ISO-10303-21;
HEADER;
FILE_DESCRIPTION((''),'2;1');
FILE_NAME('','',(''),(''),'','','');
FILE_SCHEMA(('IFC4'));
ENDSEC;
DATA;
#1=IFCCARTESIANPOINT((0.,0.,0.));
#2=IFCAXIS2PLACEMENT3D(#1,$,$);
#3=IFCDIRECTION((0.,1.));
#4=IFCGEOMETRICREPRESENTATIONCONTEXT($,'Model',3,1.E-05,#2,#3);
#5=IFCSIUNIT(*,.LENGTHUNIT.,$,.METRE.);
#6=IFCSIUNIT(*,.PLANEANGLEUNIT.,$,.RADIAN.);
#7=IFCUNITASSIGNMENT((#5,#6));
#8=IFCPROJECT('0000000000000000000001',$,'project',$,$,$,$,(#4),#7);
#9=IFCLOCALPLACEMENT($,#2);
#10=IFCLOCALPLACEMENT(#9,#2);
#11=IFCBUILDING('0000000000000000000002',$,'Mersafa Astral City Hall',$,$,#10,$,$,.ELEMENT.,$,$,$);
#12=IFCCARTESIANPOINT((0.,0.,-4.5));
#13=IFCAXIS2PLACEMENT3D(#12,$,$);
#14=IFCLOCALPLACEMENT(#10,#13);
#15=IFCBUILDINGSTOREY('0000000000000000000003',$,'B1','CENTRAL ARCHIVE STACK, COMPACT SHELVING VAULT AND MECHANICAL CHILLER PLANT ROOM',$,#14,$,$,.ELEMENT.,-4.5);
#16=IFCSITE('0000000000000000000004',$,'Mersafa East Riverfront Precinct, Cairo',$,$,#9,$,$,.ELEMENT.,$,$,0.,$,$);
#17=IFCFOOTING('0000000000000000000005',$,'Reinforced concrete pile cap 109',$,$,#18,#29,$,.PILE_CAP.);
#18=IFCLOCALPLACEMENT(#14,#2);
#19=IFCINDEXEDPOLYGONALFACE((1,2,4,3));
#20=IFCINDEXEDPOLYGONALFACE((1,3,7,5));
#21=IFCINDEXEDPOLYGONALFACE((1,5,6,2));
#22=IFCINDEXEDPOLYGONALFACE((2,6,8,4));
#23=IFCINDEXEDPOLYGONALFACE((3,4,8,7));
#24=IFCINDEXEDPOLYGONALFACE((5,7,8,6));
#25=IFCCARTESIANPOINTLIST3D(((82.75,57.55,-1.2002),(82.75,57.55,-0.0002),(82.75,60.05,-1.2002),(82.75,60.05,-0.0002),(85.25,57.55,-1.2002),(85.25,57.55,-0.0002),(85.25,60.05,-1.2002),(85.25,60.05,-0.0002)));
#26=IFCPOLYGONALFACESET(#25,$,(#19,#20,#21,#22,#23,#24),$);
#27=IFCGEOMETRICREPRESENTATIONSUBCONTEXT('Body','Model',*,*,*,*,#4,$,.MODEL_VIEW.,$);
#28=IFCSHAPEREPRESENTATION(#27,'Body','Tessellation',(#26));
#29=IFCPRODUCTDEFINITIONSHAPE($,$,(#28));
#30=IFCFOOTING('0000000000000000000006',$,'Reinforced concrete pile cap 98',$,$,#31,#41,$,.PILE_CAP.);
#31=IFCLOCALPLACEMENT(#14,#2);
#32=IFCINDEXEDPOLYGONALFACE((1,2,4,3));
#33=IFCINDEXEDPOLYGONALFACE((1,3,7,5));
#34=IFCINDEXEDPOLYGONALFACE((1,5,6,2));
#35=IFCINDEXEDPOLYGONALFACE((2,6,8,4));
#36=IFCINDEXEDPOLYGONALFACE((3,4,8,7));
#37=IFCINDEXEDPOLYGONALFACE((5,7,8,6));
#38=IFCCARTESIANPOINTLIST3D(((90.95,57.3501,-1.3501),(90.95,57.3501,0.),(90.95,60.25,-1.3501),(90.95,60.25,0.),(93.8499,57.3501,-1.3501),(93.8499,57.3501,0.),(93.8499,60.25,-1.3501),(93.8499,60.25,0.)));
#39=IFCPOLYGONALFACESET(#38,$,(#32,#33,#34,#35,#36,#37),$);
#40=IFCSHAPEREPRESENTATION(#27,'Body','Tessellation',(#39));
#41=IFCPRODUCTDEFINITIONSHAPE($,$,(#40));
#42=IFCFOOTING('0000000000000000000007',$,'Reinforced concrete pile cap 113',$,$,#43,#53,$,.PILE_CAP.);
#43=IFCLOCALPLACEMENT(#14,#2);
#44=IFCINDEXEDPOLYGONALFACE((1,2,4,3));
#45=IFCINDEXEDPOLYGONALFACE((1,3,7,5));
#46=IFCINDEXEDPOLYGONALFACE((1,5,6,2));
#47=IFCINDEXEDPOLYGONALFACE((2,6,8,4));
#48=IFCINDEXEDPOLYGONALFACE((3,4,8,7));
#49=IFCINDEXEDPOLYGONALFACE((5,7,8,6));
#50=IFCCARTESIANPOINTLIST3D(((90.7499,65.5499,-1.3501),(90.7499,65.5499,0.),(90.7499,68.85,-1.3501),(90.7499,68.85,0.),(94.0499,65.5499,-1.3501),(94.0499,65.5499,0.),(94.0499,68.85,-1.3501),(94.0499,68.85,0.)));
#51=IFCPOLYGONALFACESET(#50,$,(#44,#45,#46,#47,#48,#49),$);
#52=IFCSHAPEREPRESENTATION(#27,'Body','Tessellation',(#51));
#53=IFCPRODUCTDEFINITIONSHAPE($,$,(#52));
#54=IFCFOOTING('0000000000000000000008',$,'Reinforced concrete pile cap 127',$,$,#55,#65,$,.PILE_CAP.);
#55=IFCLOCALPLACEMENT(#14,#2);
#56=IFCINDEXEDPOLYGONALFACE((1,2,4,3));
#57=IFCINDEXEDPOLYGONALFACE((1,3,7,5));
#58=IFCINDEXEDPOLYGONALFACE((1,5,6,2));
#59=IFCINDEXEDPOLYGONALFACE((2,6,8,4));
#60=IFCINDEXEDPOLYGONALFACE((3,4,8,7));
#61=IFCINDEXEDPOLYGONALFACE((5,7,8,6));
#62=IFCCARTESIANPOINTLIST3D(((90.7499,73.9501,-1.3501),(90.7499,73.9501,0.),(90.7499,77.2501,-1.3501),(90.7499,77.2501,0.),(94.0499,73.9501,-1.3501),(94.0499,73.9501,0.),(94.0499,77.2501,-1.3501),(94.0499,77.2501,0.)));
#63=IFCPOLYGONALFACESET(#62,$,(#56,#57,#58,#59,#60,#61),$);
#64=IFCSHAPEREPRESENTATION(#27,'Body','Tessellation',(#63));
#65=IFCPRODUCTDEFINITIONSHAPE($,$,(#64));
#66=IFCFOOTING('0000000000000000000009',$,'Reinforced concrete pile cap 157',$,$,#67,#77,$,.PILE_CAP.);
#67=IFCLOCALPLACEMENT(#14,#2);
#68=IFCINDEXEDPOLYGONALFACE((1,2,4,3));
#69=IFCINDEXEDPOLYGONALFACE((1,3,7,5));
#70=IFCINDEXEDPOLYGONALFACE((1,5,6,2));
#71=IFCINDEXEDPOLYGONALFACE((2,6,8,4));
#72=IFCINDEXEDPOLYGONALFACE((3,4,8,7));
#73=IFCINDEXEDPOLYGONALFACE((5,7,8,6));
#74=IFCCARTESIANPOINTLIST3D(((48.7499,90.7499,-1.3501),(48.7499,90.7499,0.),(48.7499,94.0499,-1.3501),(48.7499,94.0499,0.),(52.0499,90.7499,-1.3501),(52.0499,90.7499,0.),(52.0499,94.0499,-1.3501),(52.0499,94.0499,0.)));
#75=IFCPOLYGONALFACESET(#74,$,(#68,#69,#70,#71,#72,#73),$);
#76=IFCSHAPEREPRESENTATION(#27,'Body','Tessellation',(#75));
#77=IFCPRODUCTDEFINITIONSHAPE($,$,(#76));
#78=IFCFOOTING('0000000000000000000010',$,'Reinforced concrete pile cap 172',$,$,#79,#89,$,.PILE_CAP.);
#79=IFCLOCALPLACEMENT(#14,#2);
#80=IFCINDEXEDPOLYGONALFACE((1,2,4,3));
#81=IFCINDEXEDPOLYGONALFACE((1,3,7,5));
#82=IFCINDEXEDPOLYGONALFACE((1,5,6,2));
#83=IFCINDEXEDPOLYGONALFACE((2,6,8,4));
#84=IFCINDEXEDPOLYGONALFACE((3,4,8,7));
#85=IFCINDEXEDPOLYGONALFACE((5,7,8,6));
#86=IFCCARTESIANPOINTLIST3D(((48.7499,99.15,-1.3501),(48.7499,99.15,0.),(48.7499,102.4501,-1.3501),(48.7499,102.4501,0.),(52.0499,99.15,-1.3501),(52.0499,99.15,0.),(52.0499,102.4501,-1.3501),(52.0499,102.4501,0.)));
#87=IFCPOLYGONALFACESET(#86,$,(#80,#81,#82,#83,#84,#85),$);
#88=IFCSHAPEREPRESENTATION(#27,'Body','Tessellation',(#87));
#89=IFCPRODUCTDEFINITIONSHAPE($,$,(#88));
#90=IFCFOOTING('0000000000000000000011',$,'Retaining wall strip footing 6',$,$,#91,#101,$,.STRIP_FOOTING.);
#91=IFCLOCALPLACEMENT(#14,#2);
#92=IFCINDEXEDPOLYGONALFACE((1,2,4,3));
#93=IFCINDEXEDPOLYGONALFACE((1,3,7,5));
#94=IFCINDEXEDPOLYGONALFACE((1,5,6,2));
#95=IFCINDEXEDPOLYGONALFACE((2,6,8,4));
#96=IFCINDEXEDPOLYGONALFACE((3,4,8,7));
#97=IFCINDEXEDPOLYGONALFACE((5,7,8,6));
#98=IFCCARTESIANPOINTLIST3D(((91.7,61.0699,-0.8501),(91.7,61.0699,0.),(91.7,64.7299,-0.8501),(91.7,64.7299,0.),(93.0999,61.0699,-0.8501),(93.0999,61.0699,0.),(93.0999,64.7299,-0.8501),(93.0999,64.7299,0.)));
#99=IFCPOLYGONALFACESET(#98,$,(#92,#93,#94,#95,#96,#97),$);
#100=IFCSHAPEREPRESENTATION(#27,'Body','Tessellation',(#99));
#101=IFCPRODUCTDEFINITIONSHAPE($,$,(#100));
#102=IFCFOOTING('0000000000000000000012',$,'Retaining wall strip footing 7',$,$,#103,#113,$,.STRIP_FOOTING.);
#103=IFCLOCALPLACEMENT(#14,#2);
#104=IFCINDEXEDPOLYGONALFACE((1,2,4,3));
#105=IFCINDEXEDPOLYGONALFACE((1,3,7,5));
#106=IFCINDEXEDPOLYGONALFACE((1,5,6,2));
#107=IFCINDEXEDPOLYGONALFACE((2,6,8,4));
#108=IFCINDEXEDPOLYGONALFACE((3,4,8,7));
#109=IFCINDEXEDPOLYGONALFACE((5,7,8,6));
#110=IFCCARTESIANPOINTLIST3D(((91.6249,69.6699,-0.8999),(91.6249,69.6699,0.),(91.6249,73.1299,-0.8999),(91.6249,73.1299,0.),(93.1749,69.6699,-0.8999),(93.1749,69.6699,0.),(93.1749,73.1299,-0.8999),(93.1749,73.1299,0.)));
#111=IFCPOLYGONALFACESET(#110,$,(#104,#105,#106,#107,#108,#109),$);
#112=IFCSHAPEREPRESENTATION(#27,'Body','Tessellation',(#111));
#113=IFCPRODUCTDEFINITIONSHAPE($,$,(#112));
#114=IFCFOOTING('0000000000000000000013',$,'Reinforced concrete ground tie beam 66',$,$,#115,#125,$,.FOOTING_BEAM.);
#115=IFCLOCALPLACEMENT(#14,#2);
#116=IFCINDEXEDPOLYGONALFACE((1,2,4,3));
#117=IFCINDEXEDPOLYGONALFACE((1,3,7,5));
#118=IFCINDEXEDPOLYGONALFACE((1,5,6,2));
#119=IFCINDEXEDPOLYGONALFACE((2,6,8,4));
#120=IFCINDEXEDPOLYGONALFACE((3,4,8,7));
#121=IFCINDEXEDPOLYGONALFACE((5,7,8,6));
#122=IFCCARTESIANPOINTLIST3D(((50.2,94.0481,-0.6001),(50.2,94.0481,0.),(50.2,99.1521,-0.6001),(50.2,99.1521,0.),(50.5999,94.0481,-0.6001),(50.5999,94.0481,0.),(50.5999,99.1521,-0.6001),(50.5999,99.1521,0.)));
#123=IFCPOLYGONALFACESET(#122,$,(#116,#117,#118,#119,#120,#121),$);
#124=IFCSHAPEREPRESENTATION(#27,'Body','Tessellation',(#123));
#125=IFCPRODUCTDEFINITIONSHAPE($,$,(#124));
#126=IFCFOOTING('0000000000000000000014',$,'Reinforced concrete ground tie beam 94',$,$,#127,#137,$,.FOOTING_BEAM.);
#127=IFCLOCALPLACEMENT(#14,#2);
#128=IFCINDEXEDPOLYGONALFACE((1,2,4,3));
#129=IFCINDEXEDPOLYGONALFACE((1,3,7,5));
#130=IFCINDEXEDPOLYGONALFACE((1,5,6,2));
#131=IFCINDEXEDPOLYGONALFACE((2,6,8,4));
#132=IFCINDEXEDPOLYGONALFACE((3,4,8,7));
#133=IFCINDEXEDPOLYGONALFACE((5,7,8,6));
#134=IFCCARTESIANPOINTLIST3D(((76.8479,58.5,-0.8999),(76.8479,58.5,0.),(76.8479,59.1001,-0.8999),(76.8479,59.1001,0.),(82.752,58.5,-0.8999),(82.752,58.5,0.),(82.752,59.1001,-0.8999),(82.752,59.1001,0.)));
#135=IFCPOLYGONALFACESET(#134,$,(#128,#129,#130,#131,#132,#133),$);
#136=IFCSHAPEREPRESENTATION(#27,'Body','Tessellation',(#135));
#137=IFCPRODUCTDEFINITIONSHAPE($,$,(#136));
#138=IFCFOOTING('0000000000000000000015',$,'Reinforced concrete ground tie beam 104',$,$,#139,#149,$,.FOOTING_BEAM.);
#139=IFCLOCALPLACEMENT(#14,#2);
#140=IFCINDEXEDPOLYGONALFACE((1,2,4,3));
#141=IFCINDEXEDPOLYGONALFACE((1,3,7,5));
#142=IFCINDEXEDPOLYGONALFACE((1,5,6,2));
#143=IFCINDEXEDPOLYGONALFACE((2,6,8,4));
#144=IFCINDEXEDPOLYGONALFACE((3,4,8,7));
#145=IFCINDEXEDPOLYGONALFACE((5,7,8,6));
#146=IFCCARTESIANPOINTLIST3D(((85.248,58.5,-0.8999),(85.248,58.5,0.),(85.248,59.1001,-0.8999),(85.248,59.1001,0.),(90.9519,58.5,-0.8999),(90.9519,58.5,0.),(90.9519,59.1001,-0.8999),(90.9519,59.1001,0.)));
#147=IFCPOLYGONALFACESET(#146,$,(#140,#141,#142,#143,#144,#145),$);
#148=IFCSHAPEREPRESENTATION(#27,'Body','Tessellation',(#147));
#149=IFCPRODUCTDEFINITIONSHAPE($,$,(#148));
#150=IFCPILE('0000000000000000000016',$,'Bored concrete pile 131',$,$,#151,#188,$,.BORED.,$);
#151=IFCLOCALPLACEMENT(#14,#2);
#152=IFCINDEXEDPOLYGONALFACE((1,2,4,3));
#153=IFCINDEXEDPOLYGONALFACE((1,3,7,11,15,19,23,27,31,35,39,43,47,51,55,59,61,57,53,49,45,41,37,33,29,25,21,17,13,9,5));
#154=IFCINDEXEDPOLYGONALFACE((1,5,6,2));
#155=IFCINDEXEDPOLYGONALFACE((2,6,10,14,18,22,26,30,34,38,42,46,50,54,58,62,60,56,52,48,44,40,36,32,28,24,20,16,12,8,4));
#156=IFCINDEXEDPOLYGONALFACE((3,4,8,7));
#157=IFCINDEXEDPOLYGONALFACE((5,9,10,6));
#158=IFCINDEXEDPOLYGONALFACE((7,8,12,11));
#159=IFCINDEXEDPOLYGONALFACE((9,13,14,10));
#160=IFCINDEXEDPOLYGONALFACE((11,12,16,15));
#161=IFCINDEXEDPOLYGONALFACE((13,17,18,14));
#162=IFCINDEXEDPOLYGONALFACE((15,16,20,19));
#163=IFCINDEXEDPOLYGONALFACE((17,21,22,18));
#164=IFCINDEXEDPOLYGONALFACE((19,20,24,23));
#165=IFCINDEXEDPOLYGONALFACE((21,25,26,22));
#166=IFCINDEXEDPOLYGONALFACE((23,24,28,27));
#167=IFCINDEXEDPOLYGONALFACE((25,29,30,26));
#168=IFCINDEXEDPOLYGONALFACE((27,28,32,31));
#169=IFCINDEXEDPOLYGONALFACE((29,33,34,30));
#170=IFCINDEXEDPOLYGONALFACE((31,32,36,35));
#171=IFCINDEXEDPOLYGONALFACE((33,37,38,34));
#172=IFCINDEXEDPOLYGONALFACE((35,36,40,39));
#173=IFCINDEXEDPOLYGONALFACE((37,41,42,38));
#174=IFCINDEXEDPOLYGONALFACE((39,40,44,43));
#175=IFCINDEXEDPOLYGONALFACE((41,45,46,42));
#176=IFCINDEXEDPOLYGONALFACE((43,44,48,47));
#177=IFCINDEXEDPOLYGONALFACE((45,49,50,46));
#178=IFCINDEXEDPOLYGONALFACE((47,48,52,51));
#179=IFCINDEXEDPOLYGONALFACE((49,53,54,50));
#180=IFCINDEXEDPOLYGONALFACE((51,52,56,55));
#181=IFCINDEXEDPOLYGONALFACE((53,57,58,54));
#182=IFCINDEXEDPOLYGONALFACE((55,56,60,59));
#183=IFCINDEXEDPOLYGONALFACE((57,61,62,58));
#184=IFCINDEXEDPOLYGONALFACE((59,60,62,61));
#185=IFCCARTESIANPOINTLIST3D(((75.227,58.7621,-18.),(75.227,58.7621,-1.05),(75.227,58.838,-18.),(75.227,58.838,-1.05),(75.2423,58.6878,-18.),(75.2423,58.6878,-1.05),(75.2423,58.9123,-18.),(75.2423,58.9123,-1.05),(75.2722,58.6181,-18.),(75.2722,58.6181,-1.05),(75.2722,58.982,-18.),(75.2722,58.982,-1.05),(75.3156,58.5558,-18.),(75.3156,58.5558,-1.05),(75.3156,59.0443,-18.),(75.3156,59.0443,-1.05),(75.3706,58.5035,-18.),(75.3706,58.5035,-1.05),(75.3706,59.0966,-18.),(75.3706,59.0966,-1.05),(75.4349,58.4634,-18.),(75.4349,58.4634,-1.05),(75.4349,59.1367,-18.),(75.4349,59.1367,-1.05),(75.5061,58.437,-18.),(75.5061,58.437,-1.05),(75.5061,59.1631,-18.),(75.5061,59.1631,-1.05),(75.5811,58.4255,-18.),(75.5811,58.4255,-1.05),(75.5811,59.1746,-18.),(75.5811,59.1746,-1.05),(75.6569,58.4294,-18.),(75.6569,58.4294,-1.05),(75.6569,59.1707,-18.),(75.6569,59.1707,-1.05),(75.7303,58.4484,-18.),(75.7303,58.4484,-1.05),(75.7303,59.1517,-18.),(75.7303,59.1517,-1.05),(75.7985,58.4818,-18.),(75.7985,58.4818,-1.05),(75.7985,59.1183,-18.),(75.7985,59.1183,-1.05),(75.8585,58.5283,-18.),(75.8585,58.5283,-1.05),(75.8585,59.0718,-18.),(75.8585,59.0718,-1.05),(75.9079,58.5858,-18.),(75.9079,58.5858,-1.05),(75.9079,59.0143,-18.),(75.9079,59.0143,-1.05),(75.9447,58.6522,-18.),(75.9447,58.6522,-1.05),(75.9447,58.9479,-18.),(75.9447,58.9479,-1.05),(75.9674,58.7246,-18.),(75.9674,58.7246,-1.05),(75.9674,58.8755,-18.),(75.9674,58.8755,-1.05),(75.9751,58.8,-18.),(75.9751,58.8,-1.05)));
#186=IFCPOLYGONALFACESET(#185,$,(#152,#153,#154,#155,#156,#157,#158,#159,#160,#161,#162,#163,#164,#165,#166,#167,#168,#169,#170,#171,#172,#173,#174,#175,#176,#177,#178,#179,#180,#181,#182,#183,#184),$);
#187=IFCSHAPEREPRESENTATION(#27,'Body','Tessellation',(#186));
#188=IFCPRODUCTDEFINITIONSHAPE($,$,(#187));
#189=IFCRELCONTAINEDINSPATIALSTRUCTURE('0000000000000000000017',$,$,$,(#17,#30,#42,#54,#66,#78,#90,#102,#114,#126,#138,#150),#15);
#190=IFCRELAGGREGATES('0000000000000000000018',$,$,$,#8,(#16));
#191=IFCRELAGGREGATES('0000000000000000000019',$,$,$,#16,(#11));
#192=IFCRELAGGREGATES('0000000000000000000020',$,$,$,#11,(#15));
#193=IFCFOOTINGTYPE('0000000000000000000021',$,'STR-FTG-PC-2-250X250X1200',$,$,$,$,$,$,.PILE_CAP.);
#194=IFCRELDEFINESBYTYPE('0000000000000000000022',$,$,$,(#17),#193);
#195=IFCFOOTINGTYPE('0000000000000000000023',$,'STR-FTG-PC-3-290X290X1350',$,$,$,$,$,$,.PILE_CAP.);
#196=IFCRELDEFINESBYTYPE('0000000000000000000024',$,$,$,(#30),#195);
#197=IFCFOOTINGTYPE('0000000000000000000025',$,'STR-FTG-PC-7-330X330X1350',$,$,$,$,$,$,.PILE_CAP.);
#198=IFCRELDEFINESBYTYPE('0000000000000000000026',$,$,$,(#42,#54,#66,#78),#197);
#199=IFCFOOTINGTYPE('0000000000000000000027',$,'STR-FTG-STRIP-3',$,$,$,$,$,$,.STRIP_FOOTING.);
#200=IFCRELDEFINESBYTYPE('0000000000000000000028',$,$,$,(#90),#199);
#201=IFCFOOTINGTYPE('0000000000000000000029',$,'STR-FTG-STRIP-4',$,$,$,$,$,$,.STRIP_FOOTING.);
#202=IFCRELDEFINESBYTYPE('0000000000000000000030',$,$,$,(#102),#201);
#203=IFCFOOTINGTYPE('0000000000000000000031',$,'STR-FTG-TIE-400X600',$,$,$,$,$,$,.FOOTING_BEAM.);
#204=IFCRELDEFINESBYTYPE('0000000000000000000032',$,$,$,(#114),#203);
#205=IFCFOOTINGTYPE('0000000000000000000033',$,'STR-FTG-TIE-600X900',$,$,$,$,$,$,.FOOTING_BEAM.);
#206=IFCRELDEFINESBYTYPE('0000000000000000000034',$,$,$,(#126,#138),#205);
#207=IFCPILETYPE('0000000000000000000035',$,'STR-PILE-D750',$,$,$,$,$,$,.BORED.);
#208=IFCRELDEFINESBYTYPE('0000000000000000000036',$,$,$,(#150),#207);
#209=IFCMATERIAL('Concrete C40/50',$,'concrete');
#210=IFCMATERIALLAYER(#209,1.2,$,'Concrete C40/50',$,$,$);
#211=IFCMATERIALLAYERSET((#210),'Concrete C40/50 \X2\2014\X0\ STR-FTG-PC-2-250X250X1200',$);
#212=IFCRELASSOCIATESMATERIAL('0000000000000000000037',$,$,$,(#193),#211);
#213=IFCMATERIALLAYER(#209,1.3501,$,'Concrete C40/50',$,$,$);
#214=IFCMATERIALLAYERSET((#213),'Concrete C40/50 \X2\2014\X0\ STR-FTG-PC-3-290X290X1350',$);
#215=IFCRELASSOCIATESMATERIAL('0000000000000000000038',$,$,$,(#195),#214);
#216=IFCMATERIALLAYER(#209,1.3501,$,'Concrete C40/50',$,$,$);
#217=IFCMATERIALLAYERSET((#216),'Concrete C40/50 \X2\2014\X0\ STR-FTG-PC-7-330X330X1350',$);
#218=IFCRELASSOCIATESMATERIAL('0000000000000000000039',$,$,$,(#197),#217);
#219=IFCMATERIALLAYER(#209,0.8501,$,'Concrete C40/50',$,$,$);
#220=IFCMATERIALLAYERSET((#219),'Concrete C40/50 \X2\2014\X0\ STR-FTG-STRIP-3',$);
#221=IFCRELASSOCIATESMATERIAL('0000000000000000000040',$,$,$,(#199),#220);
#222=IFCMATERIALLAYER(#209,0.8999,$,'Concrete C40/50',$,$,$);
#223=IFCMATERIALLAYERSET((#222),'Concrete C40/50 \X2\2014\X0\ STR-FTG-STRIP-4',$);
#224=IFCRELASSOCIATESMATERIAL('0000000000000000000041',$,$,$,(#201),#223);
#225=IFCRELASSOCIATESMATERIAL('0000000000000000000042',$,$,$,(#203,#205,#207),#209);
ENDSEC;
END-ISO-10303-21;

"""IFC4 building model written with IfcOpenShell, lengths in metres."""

from ifc_helpers import new_model, si_unit, direction, frame, origin, origin_2d, place, context, subcontext, project, spatial, rectangle, circle, extrude, material, layer, layer_set, material_profile, profile_set, type_object, element, save


model = new_model("IFC4")

# Units and contexts
model_context = context("Model", 3, precision=1e-05, world=origin(), true_north=direction((0.0, 1.0)))
body_context = subcontext(model_context, "Body", "Model", "MODEL_VIEW")
ifc_project = project(units=[si_unit("LENGTHUNIT", "METRE"), si_unit("PLANEANGLEUNIT", "RADIAN")], contexts=[model_context])

# Site, building, storey
site_placement = place(None, origin())
site = spatial("IfcSite", under=ifc_project, at=site_placement, Name="Mersafa East Riverfront Precinct, Cairo", CompositionType="ELEMENT", RefElevation=0.0)
building_placement = place(site_placement, origin())
building = spatial("IfcBuilding", under=site, at=building_placement, Name="Mersafa Astral City Hall", CompositionType="ELEMENT")
storey_placement = place(building_placement, frame((0.0, 0.0, -4.5)))
storey = spatial("IfcBuildingStorey", under=building, at=storey_placement, Name="B1", Description="CENTRAL ARCHIVE STACK, COMPACT SHELVING VAULT AND MECHANICAL CHILLER PLANT ROOM", CompositionType="ELEMENT", Elevation=-4.5)

# Footings
ifc_material_1 = material(Name="Concrete C40/50", Category="concrete")
ifc_layer_1 = layer(ifc_material_1, 1.2, Name="Concrete C40/50")
ifc_layer_set_1 = layer_set([ifc_layer_1], Name="Concrete C40/50 — STR-FTG-PC-2-250X250X1200")
footing_type_1 = type_object("IfcFootingType", Name="STR-FTG-PC-2-250X250X1200", PredefinedType="PILE_CAP", material=ifc_layer_set_1)
footing_1_placement = place(storey_placement, frame((84.0, 58.8, -1.2002), z_axis=(0.0, 0.0, 1.0), x_axis=(1.0, 0.0, 0.0)))
element("IfcFooting", 1, at=footing_1_placement, inside=storey, type_object=footing_type_1, Name="Reinforced concrete pile cap 109", PredefinedType="PILE_CAP", context=body_context, shape_type="SweptSolid", body=[
    extrude(rectangle(XDim=2.5, YDim=2.5, at=origin_2d()), origin(), (0.0, 0.0, 1.0), 1.2),
])
ifc_layer_2 = layer(ifc_material_1, 1.3501, Name="Concrete C40/50")
ifc_layer_set_2 = layer_set([ifc_layer_2], Name="Concrete C40/50 — STR-FTG-PC-3-290X290X1350")
footing_type_2 = type_object("IfcFootingType", Name="STR-FTG-PC-3-290X290X1350", PredefinedType="PILE_CAP", material=ifc_layer_set_2)
footing_2_placement = place(storey_placement, frame((92.3999, 58.8, -1.3501), z_axis=(0.0, 0.0, 1.0), x_axis=(1.0, 0.0, 0.0)))
element("IfcFooting", 2, at=footing_2_placement, inside=storey, type_object=footing_type_2, Name="Reinforced concrete pile cap 98", PredefinedType="PILE_CAP", context=body_context, shape_type="SweptSolid", body=[
    extrude(rectangle(XDim=2.8999, YDim=2.8999, at=origin_2d()), origin(), (0.0, 0.0, 1.0), 1.3501),
])
ifc_layer_3 = layer(ifc_material_1, 1.3501, Name="Concrete C40/50")
ifc_layer_set_3 = layer_set([ifc_layer_3], Name="Concrete C40/50 — STR-FTG-PC-7-330X330X1350")
footing_type_3 = type_object("IfcFootingType", Name="STR-FTG-PC-7-330X330X1350", PredefinedType="PILE_CAP", material=ifc_layer_set_3)
for number, where, z_axis, x_axis, name in (
    (3, (92.3999, 67.2, -1.3501), (0.0, 0.0, 1.0), (1.0, 0.0, 0.0), "Reinforced concrete pile cap 113"),
    (4, (92.3999, 75.6001, -1.3501), (0.0, 0.0, 1.0), (1.0, 0.0, 0.0), "Reinforced concrete pile cap 127"),
    (5, (50.3999, 92.3999, -1.3501), (0.0, 0.0, 1.0), (1.0, 0.0, 0.0), "Reinforced concrete pile cap 157"),
    (6, (50.3999, 100.8, -1.3501), (0.0, 0.0, 1.0), (1.0, 0.0, 0.0), "Reinforced concrete pile cap 172"),
):
    element("IfcFooting", number, at=place(storey_placement, frame(where, z_axis=z_axis, x_axis=x_axis)), inside=storey, type_object=footing_type_3, Name=name, PredefinedType="PILE_CAP", context=body_context, shape_type="SweptSolid", body=[
        extrude(rectangle(XDim=3.3, YDim=3.3, at=origin_2d()), origin(), (0.0, 0.0, 1.0), 1.3501),
    ])
ifc_layer_4 = layer(ifc_material_1, 0.8501, Name="Concrete C40/50")
ifc_layer_set_4 = layer_set([ifc_layer_4], Name="Concrete C40/50 — STR-FTG-STRIP-3")
footing_type_4 = type_object("IfcFootingType", Name="STR-FTG-STRIP-3", PredefinedType="STRIP_FOOTING", material=ifc_layer_set_4)
footing_3_placement = place(storey_placement, frame((92.3999, 62.8999, -0.8501), z_axis=(0.0, 0.0, 1.0), x_axis=(0.0, 1.0, 0.0)))
element("IfcFooting", 7, at=footing_3_placement, inside=storey, type_object=footing_type_4, Name="Retaining wall strip footing 6", PredefinedType="STRIP_FOOTING", context=body_context, shape_type="SweptSolid", body=[
    extrude(rectangle(XDim=3.6599, YDim=1.3999, at=origin_2d()), origin(), (0.0, 0.0, 1.0), 0.8501),
])
ifc_layer_5 = layer(ifc_material_1, 0.8999, Name="Concrete C40/50")
ifc_layer_set_5 = layer_set([ifc_layer_5], Name="Concrete C40/50 — STR-FTG-STRIP-4")
footing_type_5 = type_object("IfcFootingType", Name="STR-FTG-STRIP-4", PredefinedType="STRIP_FOOTING", material=ifc_layer_set_5)
footing_4_placement = place(storey_placement, frame((92.3999, 71.3999, -0.8999), z_axis=(0.0, 0.0, 1.0), x_axis=(0.0, 1.0, 0.0)))
element("IfcFooting", 8, at=footing_4_placement, inside=storey, type_object=footing_type_5, Name="Retaining wall strip footing 7", PredefinedType="STRIP_FOOTING", context=body_context, shape_type="SweptSolid", body=[
    extrude(rectangle(XDim=3.46, YDim=1.55, at=origin_2d()), origin(), (0.0, 0.0, 1.0), 0.8999),
])
ifc_material_profile_1 = material_profile(ifc_material_1, rectangle(XDim=0.3999, YDim=0.6001, at=origin_2d()), Name="RC 400x600")
ifc_profile_set_1 = profile_set([ifc_material_profile_1], Name="Concrete C40/50")
footing_type_6 = type_object("IfcFootingType", Name="STR-FTG-TIE-400X600", PredefinedType="FOOTING_BEAM", material=ifc_profile_set_1)
footing_5_placement = place(storey_placement, frame((50.3999, 94.0481, -0.3), z_axis=(0.0, 1.0, 0.0), x_axis=(-1.0, 0.0, 0.0)))
element("IfcFooting", 9, at=footing_5_placement, inside=storey, type_object=footing_type_6, Name="Reinforced concrete ground tie beam 66", PredefinedType="FOOTING_BEAM", context=body_context, shape_type="SweptSolid", body=[
    extrude(rectangle(XDim=0.3999, YDim=0.6001, at=origin_2d()), origin(), (0.0, 0.0, 1.0), 5.104),
])
ifc_material_profile_2 = material_profile(ifc_material_1, rectangle(XDim=0.6001, YDim=0.8999, at=origin_2d()), Name="RC 600x900")
ifc_profile_set_2 = profile_set([ifc_material_profile_2], Name="Concrete C40/50")
footing_type_7 = type_object("IfcFootingType", Name="STR-FTG-TIE-600X900", PredefinedType="FOOTING_BEAM", material=ifc_profile_set_2)
footing_6_placement = place(storey_placement, frame((76.8479, 58.8, -0.45), z_axis=(1.0, 0.0, 0.0), x_axis=(0.0, 1.0, 0.0)))
element("IfcFooting", 10, at=footing_6_placement, inside=storey, type_object=footing_type_7, Name="Reinforced concrete ground tie beam 94", PredefinedType="FOOTING_BEAM", context=body_context, shape_type="SweptSolid", body=[
    extrude(rectangle(XDim=0.6001, YDim=0.8999, at=origin_2d()), origin(), (0.0, 0.0, 1.0), 5.9041),
])
footing_7_placement = place(storey_placement, frame((85.248, 58.8, -0.45), z_axis=(1.0, 0.0, 0.0), x_axis=(0.0, 1.0, 0.0)))
element("IfcFooting", 11, at=footing_7_placement, inside=storey, type_object=footing_type_7, Name="Reinforced concrete ground tie beam 104", PredefinedType="FOOTING_BEAM", context=body_context, shape_type="SweptSolid", body=[
    extrude(rectangle(XDim=0.6001, YDim=0.8999, at=origin_2d()), origin(), (0.0, 0.0, 1.0), 5.7039),
])

# Pile
ifc_material_profile_3 = material_profile(ifc_material_1, circle(Radius=0.375, at=origin_2d()), Name="PILE D750")
ifc_profile_set_3 = profile_set([ifc_material_profile_3], Name="Concrete C40/50")
pile_type_1 = type_object("IfcPileType", Name="STR-PILE-D750", PredefinedType="BORED", material=ifc_profile_set_3)
for number, where, z_axis, x_axis, name in (
    (12, (75.6001, 58.8, -1.05), (0.0, 0.0, -1.0), (1.0, 0.0, 0.0), "Bored concrete pile 131"),
):
    element("IfcPile", number, at=place(storey_placement, frame(where, z_axis=z_axis, x_axis=x_axis)), inside=storey, type_object=pile_type_1, Name=name, PredefinedType="BORED", context=body_context, shape_type="SweptSolid", body=[
        extrude(circle(Radius=0.375, at=origin_2d()), origin(), (0.0, 0.0, 1.0), 16.95),
    ])

save(model, "model.ifc")
